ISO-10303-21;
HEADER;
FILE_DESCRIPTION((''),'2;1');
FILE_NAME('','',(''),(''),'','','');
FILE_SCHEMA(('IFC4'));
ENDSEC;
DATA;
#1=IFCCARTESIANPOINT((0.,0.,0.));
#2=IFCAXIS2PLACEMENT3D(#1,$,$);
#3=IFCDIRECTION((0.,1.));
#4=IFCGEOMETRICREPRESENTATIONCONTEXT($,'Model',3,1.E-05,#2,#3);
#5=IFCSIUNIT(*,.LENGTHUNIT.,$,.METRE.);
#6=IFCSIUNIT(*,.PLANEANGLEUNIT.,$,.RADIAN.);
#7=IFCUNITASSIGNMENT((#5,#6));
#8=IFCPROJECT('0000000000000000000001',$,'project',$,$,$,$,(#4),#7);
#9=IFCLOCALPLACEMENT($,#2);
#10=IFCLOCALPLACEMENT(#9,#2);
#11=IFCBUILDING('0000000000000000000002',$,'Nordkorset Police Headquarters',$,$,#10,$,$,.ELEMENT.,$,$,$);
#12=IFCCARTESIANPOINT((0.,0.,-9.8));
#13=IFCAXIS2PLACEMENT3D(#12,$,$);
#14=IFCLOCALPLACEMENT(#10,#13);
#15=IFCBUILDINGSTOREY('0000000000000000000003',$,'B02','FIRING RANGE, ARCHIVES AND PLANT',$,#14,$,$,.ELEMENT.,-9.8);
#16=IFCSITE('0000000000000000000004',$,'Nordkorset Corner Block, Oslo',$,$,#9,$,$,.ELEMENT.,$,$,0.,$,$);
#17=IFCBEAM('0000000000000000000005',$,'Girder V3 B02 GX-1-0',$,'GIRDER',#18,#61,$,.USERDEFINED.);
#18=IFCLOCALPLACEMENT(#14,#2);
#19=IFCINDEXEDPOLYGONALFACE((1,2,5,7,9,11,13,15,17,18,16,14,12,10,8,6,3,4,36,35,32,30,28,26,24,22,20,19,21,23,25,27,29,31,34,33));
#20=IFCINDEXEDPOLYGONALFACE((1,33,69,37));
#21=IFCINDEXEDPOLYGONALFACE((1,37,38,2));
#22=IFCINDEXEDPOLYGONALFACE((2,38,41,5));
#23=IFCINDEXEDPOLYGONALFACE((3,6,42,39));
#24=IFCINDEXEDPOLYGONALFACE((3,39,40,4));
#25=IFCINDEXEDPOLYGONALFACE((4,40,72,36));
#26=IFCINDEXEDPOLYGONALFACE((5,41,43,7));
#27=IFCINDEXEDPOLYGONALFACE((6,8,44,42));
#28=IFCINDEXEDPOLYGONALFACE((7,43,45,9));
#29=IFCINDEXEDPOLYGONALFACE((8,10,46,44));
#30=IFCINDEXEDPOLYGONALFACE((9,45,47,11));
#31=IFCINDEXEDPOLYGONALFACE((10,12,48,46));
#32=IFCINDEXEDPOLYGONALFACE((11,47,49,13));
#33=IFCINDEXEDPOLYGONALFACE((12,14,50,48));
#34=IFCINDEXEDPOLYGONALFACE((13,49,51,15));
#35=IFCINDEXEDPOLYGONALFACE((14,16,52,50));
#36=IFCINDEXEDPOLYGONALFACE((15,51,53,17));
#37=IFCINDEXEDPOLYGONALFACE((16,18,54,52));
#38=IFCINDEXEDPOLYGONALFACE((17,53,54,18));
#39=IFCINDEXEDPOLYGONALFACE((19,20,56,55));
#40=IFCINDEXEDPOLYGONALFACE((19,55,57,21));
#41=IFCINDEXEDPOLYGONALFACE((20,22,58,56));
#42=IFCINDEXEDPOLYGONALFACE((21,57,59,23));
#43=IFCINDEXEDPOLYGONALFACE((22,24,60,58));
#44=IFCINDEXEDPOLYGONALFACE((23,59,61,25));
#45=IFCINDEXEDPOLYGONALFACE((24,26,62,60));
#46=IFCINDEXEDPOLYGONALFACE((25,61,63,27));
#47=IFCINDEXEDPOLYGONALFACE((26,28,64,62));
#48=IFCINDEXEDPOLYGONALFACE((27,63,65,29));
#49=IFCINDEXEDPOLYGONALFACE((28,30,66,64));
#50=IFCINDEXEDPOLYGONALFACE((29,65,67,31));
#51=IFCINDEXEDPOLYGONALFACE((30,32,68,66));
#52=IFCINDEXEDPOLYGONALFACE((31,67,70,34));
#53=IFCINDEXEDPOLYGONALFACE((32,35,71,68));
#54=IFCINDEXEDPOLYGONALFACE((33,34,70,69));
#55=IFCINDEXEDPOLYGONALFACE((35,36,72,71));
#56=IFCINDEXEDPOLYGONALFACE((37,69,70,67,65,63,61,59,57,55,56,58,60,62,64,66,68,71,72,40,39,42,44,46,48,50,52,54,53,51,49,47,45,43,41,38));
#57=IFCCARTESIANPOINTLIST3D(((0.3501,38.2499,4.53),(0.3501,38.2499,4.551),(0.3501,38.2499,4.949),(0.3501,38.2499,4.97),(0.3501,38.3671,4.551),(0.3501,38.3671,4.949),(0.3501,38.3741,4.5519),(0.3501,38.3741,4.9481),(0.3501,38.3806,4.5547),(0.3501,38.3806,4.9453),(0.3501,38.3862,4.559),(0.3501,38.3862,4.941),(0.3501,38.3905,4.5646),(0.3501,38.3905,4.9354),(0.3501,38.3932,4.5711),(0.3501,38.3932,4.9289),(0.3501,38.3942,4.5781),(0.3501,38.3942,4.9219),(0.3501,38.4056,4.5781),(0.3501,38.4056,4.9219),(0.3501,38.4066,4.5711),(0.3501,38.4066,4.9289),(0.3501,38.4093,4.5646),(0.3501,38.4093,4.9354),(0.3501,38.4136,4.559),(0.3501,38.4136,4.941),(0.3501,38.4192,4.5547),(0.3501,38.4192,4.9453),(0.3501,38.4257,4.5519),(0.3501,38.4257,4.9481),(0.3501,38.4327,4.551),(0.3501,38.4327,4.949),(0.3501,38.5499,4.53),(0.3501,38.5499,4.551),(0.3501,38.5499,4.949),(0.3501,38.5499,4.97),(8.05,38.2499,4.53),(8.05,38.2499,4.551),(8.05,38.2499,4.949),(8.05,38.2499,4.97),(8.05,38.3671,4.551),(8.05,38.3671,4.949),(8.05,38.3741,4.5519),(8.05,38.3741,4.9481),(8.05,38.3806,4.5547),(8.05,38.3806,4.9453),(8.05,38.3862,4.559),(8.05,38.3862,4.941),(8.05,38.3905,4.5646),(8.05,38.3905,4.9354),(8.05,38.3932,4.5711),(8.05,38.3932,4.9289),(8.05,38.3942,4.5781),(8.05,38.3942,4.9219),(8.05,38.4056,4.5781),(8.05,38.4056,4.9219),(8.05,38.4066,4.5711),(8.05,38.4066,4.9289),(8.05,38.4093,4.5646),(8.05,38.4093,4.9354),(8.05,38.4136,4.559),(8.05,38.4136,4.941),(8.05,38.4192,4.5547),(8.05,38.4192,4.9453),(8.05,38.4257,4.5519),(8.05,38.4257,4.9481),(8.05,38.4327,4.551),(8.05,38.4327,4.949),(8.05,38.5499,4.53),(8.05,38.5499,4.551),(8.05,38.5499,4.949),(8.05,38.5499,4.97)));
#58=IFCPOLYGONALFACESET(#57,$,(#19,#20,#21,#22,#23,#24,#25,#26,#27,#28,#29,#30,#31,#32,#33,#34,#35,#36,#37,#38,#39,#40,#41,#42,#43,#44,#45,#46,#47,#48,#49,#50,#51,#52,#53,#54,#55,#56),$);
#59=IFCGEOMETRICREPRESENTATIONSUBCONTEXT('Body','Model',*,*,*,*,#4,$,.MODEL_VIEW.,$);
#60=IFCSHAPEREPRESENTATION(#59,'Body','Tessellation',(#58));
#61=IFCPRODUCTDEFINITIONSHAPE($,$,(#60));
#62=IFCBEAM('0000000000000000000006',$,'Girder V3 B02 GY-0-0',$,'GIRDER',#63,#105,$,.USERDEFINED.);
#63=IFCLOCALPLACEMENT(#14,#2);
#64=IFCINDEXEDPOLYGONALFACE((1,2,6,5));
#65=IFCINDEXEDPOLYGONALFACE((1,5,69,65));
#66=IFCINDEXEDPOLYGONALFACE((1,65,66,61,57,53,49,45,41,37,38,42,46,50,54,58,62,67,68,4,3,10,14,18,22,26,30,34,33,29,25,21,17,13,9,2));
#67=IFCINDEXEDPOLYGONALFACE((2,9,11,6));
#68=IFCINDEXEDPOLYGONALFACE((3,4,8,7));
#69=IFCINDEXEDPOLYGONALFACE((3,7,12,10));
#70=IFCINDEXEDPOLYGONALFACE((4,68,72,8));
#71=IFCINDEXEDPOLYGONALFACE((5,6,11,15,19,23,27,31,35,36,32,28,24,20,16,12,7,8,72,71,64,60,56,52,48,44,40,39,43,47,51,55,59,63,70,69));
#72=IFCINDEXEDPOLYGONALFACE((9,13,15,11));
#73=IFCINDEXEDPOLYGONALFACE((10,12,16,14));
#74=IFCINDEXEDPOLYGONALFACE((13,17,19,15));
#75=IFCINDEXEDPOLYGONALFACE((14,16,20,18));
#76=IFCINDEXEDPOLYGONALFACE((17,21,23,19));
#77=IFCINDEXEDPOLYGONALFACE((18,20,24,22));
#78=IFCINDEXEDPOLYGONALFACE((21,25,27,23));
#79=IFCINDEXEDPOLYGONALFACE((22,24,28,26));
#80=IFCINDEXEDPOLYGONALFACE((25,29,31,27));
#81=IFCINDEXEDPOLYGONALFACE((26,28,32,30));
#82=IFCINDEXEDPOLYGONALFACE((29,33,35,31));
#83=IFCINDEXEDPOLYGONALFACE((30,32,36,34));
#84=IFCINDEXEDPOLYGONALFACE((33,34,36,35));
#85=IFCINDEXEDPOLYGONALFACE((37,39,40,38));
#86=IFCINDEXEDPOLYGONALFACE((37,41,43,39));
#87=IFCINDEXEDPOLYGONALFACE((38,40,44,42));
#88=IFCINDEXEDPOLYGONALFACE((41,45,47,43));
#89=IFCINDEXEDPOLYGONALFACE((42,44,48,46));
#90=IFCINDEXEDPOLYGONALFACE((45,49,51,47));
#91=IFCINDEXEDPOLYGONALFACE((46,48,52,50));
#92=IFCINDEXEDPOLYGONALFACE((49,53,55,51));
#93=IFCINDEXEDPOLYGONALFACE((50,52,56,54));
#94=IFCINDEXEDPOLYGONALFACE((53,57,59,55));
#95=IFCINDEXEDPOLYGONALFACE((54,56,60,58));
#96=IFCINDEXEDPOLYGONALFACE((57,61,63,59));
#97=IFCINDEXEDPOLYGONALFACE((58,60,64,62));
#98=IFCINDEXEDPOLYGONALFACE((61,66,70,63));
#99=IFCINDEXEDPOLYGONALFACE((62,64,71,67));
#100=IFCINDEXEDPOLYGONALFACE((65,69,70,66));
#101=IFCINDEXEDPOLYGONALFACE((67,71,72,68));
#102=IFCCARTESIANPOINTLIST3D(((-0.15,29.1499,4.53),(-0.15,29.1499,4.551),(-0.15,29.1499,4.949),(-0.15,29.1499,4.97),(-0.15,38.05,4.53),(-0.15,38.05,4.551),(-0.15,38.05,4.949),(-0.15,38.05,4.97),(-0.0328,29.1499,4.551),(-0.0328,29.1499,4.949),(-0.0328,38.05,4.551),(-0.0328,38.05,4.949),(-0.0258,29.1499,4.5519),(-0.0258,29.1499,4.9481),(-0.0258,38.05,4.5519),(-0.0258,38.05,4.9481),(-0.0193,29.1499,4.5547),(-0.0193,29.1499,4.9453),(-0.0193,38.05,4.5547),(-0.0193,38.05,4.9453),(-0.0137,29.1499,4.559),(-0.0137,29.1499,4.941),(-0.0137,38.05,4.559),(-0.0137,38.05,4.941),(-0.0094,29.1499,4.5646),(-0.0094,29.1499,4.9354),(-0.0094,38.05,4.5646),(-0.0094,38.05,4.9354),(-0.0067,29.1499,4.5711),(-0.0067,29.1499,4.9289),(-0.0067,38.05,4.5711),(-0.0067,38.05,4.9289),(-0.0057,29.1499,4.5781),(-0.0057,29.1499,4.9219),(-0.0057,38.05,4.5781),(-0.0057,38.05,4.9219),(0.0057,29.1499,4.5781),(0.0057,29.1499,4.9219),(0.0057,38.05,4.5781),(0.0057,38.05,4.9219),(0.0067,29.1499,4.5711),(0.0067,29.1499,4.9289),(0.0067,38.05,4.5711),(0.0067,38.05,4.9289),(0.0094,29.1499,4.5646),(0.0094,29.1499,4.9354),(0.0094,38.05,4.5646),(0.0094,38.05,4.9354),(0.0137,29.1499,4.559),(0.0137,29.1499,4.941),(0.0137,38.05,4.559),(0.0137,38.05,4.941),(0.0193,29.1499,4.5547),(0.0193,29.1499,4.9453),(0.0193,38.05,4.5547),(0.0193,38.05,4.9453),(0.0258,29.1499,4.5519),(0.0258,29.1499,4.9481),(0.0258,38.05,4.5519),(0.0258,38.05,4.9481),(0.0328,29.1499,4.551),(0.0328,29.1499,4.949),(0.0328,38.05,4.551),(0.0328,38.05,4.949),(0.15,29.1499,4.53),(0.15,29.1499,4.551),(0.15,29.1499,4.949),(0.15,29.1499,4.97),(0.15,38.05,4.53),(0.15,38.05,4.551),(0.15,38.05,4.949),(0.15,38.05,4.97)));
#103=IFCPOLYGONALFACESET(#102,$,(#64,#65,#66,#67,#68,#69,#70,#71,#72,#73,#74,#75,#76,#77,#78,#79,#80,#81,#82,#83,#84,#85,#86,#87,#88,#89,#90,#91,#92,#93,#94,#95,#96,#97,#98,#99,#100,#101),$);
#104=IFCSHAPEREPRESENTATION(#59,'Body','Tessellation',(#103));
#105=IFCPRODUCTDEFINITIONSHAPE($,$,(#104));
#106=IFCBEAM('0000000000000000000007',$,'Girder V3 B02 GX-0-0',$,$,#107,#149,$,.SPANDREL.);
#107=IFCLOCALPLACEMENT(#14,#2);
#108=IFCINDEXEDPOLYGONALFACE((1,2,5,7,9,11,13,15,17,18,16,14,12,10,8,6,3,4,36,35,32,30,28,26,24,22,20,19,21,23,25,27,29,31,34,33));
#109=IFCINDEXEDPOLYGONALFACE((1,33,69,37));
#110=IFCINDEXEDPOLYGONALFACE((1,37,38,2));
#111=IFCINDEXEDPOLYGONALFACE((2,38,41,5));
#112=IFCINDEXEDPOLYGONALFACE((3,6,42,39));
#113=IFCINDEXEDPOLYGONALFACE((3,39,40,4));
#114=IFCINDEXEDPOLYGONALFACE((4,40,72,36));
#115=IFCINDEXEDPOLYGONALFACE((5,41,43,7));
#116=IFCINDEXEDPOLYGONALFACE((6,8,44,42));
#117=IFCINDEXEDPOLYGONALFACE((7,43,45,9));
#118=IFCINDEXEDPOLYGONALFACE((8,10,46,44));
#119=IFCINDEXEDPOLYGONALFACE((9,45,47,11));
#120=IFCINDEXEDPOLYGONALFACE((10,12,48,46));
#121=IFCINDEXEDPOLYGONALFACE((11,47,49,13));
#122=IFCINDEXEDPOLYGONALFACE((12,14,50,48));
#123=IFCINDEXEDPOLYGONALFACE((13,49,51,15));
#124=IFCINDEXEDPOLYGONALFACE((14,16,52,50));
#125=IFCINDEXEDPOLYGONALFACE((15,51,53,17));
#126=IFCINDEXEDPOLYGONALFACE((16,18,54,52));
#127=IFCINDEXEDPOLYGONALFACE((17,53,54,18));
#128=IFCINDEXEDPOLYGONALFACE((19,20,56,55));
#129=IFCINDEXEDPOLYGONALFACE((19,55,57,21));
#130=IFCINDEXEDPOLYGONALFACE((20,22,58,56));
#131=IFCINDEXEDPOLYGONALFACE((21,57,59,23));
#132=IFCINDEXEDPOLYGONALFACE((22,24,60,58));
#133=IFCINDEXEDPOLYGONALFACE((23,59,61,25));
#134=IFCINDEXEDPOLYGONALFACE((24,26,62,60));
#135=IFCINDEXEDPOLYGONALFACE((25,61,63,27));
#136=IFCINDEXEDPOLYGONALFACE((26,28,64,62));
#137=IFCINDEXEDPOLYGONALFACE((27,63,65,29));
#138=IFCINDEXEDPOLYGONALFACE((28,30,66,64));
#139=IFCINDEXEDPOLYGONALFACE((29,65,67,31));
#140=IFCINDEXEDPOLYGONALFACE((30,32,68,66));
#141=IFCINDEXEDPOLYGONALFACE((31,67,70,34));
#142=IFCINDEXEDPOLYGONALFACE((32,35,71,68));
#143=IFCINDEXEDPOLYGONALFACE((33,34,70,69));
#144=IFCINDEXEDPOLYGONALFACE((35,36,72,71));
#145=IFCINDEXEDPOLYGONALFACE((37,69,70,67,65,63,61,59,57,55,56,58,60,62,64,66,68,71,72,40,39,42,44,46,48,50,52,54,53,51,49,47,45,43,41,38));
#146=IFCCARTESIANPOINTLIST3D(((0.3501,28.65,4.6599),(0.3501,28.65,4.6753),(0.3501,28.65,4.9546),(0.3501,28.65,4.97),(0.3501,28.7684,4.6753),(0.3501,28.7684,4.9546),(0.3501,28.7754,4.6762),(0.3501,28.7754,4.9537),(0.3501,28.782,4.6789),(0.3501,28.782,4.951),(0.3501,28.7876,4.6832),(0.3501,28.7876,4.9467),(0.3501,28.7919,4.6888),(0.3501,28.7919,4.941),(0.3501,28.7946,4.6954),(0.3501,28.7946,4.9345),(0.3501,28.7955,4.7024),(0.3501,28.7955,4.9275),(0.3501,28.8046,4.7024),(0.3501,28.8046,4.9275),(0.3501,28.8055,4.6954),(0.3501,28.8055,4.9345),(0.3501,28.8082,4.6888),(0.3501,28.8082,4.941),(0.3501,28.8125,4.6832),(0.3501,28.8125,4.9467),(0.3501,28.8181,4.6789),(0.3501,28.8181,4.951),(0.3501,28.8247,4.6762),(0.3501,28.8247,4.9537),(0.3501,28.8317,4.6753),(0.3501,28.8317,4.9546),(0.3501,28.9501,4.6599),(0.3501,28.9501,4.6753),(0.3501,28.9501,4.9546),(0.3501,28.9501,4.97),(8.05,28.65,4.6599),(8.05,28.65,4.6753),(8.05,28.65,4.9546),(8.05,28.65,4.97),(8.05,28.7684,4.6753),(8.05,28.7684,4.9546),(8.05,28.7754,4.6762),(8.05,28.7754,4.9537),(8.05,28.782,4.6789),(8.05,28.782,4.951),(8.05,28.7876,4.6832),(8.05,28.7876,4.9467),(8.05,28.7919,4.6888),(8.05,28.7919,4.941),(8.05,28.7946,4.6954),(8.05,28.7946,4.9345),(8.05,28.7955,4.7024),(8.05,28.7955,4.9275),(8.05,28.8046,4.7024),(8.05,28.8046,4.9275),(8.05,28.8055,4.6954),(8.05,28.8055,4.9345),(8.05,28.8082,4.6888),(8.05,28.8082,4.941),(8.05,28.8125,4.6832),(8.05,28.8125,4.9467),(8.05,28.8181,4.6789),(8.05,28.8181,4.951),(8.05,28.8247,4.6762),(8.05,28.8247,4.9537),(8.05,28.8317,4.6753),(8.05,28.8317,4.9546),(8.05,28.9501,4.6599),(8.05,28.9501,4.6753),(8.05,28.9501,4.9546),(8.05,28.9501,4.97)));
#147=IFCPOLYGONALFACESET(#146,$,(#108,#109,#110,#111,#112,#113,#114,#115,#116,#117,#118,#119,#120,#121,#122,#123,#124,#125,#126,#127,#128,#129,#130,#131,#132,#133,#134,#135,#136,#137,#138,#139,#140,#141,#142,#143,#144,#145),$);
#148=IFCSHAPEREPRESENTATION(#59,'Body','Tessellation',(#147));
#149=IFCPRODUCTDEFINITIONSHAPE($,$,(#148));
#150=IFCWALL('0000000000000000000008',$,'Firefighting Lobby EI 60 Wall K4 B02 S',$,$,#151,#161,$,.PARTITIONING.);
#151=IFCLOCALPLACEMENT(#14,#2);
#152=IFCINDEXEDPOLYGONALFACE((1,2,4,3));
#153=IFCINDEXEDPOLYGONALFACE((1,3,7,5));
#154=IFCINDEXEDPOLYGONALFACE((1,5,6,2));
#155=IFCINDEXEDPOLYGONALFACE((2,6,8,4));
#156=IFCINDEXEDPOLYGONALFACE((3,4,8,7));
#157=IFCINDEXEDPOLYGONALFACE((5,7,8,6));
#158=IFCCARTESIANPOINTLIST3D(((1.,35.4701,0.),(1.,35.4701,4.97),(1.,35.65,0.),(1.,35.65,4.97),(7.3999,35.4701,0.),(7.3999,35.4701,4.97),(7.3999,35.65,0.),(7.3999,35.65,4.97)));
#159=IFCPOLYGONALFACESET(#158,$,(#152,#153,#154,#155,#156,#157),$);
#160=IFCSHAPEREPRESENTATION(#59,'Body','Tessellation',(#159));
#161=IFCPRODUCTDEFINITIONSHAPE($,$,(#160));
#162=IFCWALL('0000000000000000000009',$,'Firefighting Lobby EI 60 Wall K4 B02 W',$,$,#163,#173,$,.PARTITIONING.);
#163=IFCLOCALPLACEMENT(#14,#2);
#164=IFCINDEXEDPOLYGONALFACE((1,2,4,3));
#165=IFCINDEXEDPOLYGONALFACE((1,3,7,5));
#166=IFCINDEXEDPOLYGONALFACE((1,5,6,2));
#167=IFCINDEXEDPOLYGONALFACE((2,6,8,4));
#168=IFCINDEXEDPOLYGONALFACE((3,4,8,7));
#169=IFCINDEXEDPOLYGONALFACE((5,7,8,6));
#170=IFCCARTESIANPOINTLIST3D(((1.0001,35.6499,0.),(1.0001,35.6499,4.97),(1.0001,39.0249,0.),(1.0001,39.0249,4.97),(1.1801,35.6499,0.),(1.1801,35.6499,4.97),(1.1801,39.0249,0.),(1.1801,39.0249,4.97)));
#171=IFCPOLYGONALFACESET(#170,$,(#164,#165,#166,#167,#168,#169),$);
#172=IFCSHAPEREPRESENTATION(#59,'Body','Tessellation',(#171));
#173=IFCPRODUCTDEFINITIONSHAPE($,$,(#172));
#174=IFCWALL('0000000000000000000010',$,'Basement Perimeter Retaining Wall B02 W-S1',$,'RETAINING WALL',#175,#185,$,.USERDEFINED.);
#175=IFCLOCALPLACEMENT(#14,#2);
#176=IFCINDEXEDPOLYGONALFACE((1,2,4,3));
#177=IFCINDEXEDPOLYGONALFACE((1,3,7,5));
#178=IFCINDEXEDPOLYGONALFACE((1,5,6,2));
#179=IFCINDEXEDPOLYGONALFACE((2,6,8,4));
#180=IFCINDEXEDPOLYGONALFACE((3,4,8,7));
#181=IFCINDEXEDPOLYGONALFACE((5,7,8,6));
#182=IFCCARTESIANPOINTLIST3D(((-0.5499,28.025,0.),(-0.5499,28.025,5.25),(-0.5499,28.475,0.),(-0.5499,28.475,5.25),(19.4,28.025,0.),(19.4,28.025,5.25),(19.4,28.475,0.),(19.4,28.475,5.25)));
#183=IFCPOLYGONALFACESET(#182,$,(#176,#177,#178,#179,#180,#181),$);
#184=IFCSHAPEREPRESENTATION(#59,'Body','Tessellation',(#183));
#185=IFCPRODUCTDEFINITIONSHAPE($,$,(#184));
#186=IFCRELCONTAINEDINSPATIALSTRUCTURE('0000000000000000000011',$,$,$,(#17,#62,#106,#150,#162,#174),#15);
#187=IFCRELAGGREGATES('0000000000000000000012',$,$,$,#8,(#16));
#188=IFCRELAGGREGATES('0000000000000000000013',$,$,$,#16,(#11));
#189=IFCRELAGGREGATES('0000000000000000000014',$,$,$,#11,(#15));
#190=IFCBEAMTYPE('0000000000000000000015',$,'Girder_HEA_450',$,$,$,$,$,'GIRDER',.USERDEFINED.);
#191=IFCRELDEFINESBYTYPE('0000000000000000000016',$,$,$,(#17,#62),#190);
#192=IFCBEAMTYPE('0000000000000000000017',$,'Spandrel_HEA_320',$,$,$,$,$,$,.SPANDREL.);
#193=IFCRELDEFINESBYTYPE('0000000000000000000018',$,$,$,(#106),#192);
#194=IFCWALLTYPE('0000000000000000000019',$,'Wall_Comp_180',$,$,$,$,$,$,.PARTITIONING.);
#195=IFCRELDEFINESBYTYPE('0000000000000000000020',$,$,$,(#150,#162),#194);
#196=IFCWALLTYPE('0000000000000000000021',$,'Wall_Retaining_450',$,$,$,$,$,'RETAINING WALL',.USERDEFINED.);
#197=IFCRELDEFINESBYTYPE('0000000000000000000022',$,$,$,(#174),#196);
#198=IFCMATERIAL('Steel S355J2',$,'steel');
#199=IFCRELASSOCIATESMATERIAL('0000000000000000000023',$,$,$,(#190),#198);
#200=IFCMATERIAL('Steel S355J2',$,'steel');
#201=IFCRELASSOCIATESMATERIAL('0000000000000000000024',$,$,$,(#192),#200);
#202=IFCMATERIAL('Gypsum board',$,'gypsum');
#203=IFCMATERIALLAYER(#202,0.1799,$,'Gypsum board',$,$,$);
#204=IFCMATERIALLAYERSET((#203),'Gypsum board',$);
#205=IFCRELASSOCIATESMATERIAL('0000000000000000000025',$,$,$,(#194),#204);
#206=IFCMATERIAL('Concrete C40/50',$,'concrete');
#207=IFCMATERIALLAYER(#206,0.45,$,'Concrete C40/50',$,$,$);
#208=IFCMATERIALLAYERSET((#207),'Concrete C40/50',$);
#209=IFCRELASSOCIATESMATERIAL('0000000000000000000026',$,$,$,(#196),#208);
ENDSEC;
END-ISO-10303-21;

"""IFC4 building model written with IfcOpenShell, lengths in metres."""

from ifc_helpers import new_model, si_unit, direction, frame, frame_2d, origin, origin_2d, place, context, subcontext, project, spatial, rectangle, i_section, extrude, material, layer, layer_set, material_profile, profile_set, type_object, element, save


model = new_model("IFC4")

# Units and contexts
model_context = context("Model", 3, precision=1e-05, world=origin(), true_north=direction((0.0, 1.0)))
body_context = subcontext(model_context, "Body", "Model", "MODEL_VIEW")
ifc_project = project(units=[si_unit("LENGTHUNIT", "METRE"), si_unit("PLANEANGLEUNIT", "RADIAN")], contexts=[model_context])

# Site, building, storey
site_placement = place(None, origin())
site = spatial("IfcSite", under=ifc_project, at=site_placement, Name="Nordkorset Corner Block, Oslo", CompositionType="ELEMENT", RefElevation=0.0)
building_placement = place(site_placement, origin())
building = spatial("IfcBuilding", under=site, at=building_placement, Name="Nordkorset Police Headquarters", CompositionType="ELEMENT")
storey_placement = place(building_placement, frame((0.0, 0.0, -9.8)))
storey = spatial("IfcBuildingStorey", under=building, at=storey_placement, Name="B02", Description="FIRING RANGE, ARCHIVES AND PLANT", CompositionType="ELEMENT", Elevation=-9.8)

# Beams
ifc_material_1 = material(Name="Steel S355J2", Category="steel")
ifc_material_profile_1 = material_profile(ifc_material_1, i_section(OverallWidth=0.3, OverallDepth=0.4399, WebThickness=0.0115, FlangeThickness=0.021, FilletRadius=0.0271, at=origin_2d()), Name="HEA 450")
ifc_profile_set_1 = profile_set([ifc_material_profile_1], Name="Steel S355J2")
beam_type_1 = type_object("IfcBeamType", Name="Girder_HEA_450", ElementType="GIRDER", PredefinedType="USERDEFINED", material=ifc_profile_set_1)
beam_1_placement = place(storey_placement, frame((0.3501, 38.3999, 4.75), z_axis=(1.0, 0.0, 0.0), x_axis=(0.0, 1.0, 0.0)))
element("IfcBeam", 1, at=beam_1_placement, inside=storey, type_object=beam_type_1, Name="Girder V3 B02 GX-1-0", ObjectType="GIRDER", PredefinedType="USERDEFINED", context=body_context, shape_type="SweptSolid", body=[
    extrude(i_section(OverallWidth=0.3, OverallDepth=0.4399, WebThickness=0.0115, FlangeThickness=0.021, FilletRadius=0.0271, at=origin_2d()), origin(), (0.0, 0.0, 1.0), 7.7),
])
beam_2_placement = place(storey_placement, frame((0.0, 29.1499, 4.75), z_axis=(0.0, 1.0, 0.0), x_axis=(-1.0, 0.0, 0.0)))
element("IfcBeam", 2, at=beam_2_placement, inside=storey, type_object=beam_type_1, Name="Girder V3 B02 GY-0-0", ObjectType="GIRDER", PredefinedType="USERDEFINED", context=body_context, shape_type="SweptSolid", body=[
    extrude(i_section(OverallWidth=0.3, OverallDepth=0.4399, WebThickness=0.0115, FlangeThickness=0.021, FilletRadius=0.0271, at=origin_2d()), origin(), (0.0, 0.0, 1.0), 8.9001),
])
ifc_material_2 = material(Name="Steel S355J2", Category="steel")
ifc_material_profile_2 = material_profile(ifc_material_2, i_section(OverallWidth=0.3, OverallDepth=0.3101, WebThickness=0.009, FlangeThickness=0.0154, FilletRadius=0.0271, at=origin_2d()), Name="HEA 320")
ifc_profile_set_2 = profile_set([ifc_material_profile_2], Name="Steel S355J2")
beam_type_2 = type_object("IfcBeamType", Name="Spandrel_HEA_320", PredefinedType="SPANDREL", material=ifc_profile_set_2)
beam_3_placement = place(storey_placement, frame((0.3501, 28.8, 4.8149), z_axis=(1.0, 0.0, 0.0), x_axis=(0.0, 1.0, 0.0)))
element("IfcBeam", 3, at=beam_3_placement, inside=storey, type_object=beam_type_2, Name="Girder V3 B02 GX-0-0", PredefinedType="SPANDREL", context=body_context, shape_type="SweptSolid", body=[
    extrude(i_section(OverallWidth=0.3, OverallDepth=0.3101, WebThickness=0.009, FlangeThickness=0.0154, FilletRadius=0.0271, at=origin_2d()), origin(), (0.0, 0.0, 1.0), 7.7),
])

# Walls
ifc_material_3 = material(Name="Gypsum board", Category="gypsum")
ifc_layer_1 = layer(ifc_material_3, 0.1799, Name="Gypsum board")
ifc_layer_set_1 = layer_set([ifc_layer_1], Name="Gypsum board")
wall_type_1 = type_object("IfcWallType", Name="Wall_Comp_180", PredefinedType="PARTITIONING", material=ifc_layer_set_1)
wall_1_placement = place(storey_placement, frame((1.0, 35.5601, 0.0), z_axis=(0.0, 0.0, 1.0), x_axis=(1.0, 0.0, 0.0)))
element("IfcWall", 4, at=wall_1_placement, inside=storey, type_object=wall_type_1, Name="Firefighting Lobby EI 60 Wall K4 B02 S", PredefinedType="PARTITIONING", context=body_context, shape_type="SweptSolid", body=[
    extrude(rectangle(XDim=6.3999, YDim=0.1799, at=frame_2d((3.2, 0.0))), origin(), (0.0, 0.0, 1.0), 4.97),
])
wall_2_placement = place(storey_placement, frame((1.0901, 35.6499, 0.0), z_axis=(0.0, 0.0, 1.0), x_axis=(0.0, 1.0, 0.0)))
element("IfcWall", 5, at=wall_2_placement, inside=storey, type_object=wall_type_1, Name="Firefighting Lobby EI 60 Wall K4 B02 W", PredefinedType="PARTITIONING", context=body_context, shape_type="SweptSolid", body=[
    extrude(rectangle(XDim=3.375, YDim=0.1799, at=frame_2d((1.6875, 0.0))), origin(), (0.0, 0.0, 1.0), 4.97),
])

# Wall
ifc_material_4 = material(Name="Concrete C40/50", Category="concrete")
ifc_layer_2 = layer(ifc_material_4, 0.45, Name="Concrete C40/50")
ifc_layer_set_2 = layer_set([ifc_layer_2], Name="Concrete C40/50")
wall_type_2 = type_object("IfcWallType", Name="Wall_Retaining_450", ElementType="RETAINING WALL", PredefinedType="USERDEFINED", material=ifc_layer_set_2)
wall_3_placement = place(storey_placement, frame((-0.55, 28.25, 0.0), z_axis=(0.0, 0.0, 1.0), x_axis=(1.0, 0.0, 0.0)))
element("IfcWall", 6, at=wall_3_placement, inside=storey, type_object=wall_type_2, Name="Basement Perimeter Retaining Wall B02 W-S1", ObjectType="RETAINING WALL", PredefinedType="USERDEFINED", context=body_context, shape_type="SweptSolid", body=[
    extrude(rectangle(XDim=19.95, YDim=0.45, at=frame_2d((9.9751, 0.0))), origin(), (0.0, 0.0, 1.0), 5.25),
])

save(model, "model.ifc")
